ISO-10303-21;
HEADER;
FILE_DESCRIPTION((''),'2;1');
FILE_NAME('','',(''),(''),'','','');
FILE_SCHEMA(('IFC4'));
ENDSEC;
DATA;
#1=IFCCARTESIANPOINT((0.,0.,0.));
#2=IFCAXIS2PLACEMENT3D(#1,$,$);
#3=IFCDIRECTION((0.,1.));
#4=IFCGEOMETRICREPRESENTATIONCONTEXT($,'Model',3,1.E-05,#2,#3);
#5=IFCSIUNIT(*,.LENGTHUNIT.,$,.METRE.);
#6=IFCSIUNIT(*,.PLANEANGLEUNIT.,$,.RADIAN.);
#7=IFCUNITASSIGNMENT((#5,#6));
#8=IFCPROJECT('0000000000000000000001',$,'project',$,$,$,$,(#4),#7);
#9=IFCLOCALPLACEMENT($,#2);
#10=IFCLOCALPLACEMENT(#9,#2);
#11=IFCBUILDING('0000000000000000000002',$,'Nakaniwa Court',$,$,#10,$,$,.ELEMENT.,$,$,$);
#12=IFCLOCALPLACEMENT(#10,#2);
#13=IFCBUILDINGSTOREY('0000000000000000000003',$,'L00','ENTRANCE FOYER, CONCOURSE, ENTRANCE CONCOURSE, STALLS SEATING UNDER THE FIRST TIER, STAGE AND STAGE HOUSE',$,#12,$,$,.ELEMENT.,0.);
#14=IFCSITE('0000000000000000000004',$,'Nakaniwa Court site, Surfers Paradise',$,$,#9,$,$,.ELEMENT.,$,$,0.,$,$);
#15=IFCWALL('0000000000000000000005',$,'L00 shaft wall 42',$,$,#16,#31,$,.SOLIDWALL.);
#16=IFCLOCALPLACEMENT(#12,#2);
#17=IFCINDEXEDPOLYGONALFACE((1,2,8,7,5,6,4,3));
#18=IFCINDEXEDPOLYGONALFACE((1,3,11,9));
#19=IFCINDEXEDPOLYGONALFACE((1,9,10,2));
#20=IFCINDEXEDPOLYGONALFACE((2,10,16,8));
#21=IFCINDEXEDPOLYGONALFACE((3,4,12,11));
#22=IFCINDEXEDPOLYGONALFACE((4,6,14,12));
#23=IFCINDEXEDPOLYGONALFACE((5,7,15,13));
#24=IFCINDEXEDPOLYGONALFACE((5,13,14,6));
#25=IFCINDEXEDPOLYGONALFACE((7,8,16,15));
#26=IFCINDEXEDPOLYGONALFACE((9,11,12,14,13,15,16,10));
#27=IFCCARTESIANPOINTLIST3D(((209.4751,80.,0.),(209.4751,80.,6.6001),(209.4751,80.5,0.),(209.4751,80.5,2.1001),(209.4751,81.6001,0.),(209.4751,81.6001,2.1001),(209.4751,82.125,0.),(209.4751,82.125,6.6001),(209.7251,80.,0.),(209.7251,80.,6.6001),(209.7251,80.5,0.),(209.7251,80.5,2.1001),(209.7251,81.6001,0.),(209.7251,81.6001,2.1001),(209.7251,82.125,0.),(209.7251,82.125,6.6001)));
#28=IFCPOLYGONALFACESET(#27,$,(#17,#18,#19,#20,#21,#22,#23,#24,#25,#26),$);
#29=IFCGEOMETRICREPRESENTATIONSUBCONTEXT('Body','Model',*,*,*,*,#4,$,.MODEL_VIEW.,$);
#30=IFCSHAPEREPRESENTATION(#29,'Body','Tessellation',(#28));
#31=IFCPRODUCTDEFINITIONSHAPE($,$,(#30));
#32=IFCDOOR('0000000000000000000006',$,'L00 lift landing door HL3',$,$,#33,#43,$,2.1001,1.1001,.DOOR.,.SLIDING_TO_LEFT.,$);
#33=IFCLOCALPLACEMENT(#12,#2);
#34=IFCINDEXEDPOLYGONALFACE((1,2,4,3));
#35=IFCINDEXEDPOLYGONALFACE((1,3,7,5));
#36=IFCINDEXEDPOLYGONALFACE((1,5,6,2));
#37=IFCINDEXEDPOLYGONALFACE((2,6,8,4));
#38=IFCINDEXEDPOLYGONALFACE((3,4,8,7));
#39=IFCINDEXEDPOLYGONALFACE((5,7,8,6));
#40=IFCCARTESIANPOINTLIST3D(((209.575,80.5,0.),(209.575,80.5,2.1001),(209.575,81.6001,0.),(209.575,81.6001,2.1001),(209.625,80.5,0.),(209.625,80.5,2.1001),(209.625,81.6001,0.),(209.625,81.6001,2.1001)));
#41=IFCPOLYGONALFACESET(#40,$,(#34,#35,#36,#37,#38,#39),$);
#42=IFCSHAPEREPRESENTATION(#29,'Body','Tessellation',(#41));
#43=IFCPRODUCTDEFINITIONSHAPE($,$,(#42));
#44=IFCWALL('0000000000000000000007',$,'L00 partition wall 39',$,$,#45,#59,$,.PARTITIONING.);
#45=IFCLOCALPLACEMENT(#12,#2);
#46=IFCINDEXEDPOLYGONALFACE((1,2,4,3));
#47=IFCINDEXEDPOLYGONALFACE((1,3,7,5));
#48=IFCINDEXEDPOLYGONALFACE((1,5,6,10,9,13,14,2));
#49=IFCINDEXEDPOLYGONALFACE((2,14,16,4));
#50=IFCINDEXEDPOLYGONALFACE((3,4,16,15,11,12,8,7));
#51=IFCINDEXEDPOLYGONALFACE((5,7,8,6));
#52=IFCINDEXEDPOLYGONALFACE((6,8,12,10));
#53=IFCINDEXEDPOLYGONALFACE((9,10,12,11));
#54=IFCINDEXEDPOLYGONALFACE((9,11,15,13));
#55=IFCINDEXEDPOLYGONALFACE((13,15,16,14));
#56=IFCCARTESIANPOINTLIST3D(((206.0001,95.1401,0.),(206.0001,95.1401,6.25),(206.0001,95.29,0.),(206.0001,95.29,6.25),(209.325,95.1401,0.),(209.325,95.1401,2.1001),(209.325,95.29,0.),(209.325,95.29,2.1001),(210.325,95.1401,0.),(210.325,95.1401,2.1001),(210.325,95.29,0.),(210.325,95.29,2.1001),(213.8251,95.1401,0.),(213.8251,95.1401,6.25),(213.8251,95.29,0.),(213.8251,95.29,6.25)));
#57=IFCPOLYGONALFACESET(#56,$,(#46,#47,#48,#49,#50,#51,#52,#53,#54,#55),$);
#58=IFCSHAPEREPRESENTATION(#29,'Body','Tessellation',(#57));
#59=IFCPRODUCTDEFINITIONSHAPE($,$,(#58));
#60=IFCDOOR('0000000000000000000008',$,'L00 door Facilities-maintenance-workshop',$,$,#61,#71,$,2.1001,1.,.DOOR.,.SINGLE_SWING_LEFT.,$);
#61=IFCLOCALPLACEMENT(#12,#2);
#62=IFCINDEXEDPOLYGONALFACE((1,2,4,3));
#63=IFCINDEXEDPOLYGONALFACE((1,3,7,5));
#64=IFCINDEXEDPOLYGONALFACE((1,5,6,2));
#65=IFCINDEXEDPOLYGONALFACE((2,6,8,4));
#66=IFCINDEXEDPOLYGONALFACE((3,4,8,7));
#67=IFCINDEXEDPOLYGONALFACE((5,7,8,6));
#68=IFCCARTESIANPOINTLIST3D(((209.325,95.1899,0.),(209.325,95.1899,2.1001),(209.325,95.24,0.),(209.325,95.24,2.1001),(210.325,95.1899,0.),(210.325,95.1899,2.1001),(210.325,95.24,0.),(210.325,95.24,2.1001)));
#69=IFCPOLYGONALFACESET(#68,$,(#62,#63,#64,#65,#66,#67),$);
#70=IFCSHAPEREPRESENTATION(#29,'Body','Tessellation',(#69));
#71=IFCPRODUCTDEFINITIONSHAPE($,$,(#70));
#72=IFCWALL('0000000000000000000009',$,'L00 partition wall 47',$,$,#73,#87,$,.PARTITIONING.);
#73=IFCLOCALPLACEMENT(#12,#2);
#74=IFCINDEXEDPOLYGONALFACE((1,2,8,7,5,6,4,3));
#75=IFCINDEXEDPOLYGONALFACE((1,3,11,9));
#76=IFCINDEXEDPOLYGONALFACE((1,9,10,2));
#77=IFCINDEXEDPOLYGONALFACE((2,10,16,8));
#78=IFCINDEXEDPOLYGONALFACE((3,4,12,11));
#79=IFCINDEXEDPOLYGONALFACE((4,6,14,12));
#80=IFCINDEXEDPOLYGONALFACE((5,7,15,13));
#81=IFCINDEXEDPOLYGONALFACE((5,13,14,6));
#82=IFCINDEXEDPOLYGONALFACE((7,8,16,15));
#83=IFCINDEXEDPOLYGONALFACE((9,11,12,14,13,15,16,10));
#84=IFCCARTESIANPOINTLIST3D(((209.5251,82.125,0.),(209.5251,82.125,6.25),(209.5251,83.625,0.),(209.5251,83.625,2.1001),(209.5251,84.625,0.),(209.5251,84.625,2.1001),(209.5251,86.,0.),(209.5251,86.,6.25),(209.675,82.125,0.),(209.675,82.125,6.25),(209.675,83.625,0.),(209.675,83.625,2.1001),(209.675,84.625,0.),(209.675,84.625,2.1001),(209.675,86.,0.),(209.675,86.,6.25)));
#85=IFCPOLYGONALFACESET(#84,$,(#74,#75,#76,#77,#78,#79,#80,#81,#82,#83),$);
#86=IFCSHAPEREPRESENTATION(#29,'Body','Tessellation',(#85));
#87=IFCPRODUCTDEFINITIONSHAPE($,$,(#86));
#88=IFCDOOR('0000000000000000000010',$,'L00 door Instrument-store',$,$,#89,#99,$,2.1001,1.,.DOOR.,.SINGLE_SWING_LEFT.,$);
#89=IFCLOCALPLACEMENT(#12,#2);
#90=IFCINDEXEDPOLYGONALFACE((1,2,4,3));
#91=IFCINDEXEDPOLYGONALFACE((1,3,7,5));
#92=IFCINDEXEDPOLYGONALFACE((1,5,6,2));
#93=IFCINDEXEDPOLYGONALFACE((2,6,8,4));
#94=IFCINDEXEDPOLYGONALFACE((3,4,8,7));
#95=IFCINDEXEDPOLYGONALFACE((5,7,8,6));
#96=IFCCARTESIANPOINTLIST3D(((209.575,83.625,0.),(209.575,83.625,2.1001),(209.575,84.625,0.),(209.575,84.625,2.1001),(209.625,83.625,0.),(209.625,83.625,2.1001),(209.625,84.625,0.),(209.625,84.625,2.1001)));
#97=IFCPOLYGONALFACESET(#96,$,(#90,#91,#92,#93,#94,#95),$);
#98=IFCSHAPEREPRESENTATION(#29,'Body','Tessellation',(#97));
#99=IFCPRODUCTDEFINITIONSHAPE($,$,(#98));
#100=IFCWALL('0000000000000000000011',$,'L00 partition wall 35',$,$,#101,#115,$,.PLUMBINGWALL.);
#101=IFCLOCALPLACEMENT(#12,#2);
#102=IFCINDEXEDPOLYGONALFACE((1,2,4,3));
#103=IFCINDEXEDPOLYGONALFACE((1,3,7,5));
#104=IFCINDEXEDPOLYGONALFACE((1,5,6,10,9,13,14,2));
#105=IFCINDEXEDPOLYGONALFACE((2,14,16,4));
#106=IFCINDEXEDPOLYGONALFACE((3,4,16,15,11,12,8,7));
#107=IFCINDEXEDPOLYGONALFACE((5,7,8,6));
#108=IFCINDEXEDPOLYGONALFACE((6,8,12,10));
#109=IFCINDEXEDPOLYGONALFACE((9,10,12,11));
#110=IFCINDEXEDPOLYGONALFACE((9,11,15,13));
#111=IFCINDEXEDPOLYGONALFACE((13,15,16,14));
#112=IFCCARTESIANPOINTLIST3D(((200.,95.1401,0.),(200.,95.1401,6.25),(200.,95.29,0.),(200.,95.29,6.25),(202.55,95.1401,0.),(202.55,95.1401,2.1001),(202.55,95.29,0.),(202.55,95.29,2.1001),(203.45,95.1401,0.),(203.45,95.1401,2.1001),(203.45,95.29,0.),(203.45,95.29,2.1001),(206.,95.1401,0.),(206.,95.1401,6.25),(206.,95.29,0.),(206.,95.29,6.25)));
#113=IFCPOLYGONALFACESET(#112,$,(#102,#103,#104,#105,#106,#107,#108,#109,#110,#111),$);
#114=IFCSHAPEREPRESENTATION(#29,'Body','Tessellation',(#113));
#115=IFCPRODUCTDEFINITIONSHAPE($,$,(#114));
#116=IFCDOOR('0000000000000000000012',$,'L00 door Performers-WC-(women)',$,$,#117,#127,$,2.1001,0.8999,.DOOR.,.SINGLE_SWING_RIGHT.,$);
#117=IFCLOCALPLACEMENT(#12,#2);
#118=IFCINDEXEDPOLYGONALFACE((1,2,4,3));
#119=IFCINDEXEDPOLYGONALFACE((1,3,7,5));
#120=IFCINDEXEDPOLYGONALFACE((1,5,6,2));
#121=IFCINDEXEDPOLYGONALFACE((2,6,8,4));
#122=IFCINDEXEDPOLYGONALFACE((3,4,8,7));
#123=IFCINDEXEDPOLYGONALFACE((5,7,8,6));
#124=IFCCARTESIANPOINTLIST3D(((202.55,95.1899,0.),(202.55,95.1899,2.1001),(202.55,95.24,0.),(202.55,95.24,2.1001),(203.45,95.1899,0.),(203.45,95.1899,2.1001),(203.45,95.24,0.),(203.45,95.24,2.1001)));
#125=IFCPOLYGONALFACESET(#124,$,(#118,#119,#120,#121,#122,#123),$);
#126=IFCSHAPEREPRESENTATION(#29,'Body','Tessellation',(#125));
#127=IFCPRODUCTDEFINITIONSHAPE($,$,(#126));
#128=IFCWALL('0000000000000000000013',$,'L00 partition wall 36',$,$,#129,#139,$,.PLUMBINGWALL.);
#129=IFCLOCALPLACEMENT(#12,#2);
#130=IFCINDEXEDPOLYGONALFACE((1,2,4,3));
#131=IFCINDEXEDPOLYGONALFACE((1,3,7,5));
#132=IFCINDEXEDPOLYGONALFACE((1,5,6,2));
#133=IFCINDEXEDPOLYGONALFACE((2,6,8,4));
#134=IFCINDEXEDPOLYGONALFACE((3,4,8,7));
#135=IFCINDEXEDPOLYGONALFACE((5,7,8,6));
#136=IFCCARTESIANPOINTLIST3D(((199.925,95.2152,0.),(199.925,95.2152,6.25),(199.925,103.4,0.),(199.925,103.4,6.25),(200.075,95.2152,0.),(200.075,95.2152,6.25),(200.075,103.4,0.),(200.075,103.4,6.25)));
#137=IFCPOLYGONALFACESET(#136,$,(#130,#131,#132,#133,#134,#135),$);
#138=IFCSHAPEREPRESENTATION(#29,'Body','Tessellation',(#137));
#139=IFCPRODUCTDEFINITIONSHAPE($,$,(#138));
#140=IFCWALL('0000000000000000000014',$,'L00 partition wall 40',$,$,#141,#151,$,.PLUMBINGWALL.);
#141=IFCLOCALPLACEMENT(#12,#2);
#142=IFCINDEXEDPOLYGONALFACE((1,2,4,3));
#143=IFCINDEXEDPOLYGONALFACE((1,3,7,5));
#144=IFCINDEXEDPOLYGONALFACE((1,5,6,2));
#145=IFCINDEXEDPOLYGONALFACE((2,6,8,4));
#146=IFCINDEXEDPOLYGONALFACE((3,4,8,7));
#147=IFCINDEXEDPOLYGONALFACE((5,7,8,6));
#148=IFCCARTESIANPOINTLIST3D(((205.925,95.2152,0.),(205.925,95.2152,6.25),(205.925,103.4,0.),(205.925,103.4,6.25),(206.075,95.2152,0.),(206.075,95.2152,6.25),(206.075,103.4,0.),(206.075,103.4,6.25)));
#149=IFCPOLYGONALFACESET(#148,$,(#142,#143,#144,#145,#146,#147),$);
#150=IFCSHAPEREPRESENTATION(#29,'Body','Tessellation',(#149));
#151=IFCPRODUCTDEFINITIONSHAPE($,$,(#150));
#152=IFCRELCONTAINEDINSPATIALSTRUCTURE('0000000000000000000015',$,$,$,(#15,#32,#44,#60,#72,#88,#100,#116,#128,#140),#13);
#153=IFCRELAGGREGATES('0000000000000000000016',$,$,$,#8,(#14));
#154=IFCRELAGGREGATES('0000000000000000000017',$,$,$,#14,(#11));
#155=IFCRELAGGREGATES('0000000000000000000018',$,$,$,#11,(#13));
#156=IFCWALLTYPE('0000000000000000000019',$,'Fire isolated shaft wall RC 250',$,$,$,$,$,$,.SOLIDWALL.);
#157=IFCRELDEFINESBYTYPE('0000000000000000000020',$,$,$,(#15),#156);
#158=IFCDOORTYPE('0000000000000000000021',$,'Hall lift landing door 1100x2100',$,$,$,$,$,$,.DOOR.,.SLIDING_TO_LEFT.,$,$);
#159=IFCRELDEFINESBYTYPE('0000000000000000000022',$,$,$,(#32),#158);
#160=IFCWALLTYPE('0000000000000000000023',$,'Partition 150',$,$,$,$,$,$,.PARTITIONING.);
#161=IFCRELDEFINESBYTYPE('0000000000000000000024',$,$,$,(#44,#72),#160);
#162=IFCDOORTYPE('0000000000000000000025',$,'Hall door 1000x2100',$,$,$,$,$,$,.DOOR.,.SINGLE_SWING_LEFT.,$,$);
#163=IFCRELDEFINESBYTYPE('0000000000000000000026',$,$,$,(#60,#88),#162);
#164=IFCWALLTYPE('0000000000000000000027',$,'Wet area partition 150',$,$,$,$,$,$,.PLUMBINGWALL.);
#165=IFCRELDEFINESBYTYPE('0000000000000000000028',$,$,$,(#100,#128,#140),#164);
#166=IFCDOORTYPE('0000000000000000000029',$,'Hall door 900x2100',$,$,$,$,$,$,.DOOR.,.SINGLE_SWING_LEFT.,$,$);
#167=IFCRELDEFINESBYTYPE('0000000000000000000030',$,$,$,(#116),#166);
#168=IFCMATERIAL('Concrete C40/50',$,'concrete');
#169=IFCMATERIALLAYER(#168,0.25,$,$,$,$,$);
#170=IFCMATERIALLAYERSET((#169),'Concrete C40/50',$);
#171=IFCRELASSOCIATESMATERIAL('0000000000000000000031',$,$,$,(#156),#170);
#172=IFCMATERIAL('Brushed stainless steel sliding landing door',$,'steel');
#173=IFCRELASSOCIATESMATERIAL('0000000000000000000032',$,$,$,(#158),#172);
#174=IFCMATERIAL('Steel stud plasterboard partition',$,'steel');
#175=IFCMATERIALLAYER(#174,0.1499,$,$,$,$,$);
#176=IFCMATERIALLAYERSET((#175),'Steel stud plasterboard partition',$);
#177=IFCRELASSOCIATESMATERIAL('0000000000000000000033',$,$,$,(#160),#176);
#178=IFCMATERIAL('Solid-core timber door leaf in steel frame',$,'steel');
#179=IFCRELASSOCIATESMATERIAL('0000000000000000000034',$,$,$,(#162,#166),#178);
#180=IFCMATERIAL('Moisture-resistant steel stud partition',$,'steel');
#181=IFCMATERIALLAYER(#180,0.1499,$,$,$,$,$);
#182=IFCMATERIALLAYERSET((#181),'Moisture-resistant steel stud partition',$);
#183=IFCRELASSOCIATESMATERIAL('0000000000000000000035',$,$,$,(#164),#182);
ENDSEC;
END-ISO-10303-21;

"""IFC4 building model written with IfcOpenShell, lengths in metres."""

from ifc_helpers import new_model, si_unit, direction, frame, frame_2d, origin, place, context, subcontext, project, spatial, rectangle, extrude, material, layer, layer_set, type_object, element, fill, save


model = new_model("IFC4")

# Units and contexts
model_context = context("Model", 3, precision=1e-05, world=origin(), true_north=direction((0.0, 1.0)))
body_context = subcontext(model_context, "Body", "Model", "MODEL_VIEW")
ifc_project = project(units=[si_unit("LENGTHUNIT", "METRE"), si_unit("PLANEANGLEUNIT", "RADIAN")], contexts=[model_context])

# Site, building, storey
site_placement = place(None, origin())
site = spatial("IfcSite", under=ifc_project, at=site_placement, Name="Nakaniwa Court site, Surfers Paradise", CompositionType="ELEMENT", RefElevation=0.0)
building_placement = place(site_placement, origin())
building = spatial("IfcBuilding", under=site, at=building_placement, Name="Nakaniwa Court", CompositionType="ELEMENT")
storey_placement = place(building_placement, origin())
storey = spatial("IfcBuildingStorey", under=building, at=storey_placement, Name="L00", Description="ENTRANCE FOYER, CONCOURSE, ENTRANCE CONCOURSE, STALLS SEATING UNDER THE FIRST TIER, STAGE AND STAGE HOUSE", CompositionType="ELEMENT", Elevation=0.0)

# Shared definitions
ifc_material_1 = material(Name="Concrete C40/50", Category="concrete")

# Walls, openings, doors
ifc_layer_1 = layer(ifc_material_1, 0.25)
ifc_layer_set_1 = layer_set([ifc_layer_1], Name="Concrete C40/50")
wall_type_1 = type_object("IfcWallType", Name="Fire isolated shaft wall RC 250", PredefinedType="SOLIDWALL", material=ifc_layer_set_1)
wall_1_placement = place(storey_placement, frame((209.6001, 82.125, 0.0), z_axis=(0.0, 0.0, 1.0), x_axis=(0.0, -1.0, 0.0)))
wall_1 = element("IfcWall", 1, at=wall_1_placement, inside=storey, type_object=wall_type_1, Name="L00 shaft wall 42", PredefinedType="SOLIDWALL", context=body_context, shape_type="SweptSolid", body=[
    extrude(rectangle(XDim=2.125, YDim=0.25, at=frame_2d((1.0625, 0.0))), origin(), (0.0, 0.0, 1.0), 6.6001),
])
opening_1_placement = place(wall_1_placement, frame((0.5249, 0.0, 0.0)))
opening_1 = element("IfcOpeningElement", 2, at=opening_1_placement, cuts=wall_1, PredefinedType="OPENING", context=body_context, shape_type="SweptSolid", body=[
    extrude(rectangle(XDim=1.1001, YDim=2.1001, at=frame_2d((0.55, 1.05))), frame((0.0, 0.135, 0.0), z_axis=(0.0, -1.0, 0.0), x_axis=(1.0, 0.0, 0.0)), (0.0, 0.0, 1.0), 0.27),
])
ifc_material_2 = material(Name="Brushed stainless steel sliding landing door", Category="steel")
door_type_1 = type_object("IfcDoorType", Name="Hall lift landing door 1100x2100", OperationType="SLIDING_TO_LEFT", PredefinedType="DOOR", material=ifc_material_2)
door_1_placement = place(opening_1_placement, origin())
door_1 = element("IfcDoor", 3, at=door_1_placement, inside=storey, type_object=door_type_1, Name="L00 lift landing door HL3", OperationType="SLIDING_TO_LEFT", OverallHeight=2.1001, OverallWidth=1.1001, PredefinedType="DOOR", context=body_context, shape_type="SweptSolid", body=[
    extrude(rectangle(XDim=1.1001, YDim=2.1001, at=frame_2d((0.55, 1.05))), frame((0.0, 0.0249, 0.0), z_axis=(0.0, -1.0, 0.0), x_axis=(1.0, 0.0, 0.0)), (0.0, 0.0, 1.0), 0.05),
])
fill(opening_1, door_1)
ifc_material_3 = material(Name="Steel stud plasterboard partition", Category="steel")
ifc_layer_2 = layer(ifc_material_3, 0.1499)
ifc_layer_set_2 = layer_set([ifc_layer_2], Name="Steel stud plasterboard partition")
wall_type_2 = type_object("IfcWallType", Name="Partition 150", PredefinedType="PARTITIONING", material=ifc_layer_set_2)
wall_2_placement = place(storey_placement, frame((206.0, 95.2151, 0.0), z_axis=(0.0, 0.0, 1.0), x_axis=(1.0, 0.0, 0.0)))
wall_2 = element("IfcWall", 4, at=wall_2_placement, inside=storey, type_object=wall_type_2, Name="L00 partition wall 39", PredefinedType="PARTITIONING", context=body_context, shape_type="SweptSolid", body=[
    extrude(rectangle(XDim=7.825, YDim=0.1499, at=frame_2d((3.9126, 0.0))), origin(), (0.0, 0.0, 1.0), 6.25),
])
opening_2_placement = place(wall_2_placement, frame((3.325, 0.0, 0.0)))
opening_2 = element("IfcOpeningElement", 5, at=opening_2_placement, cuts=wall_2, PredefinedType="OPENING", context=body_context, shape_type="SweptSolid", body=[
    extrude(rectangle(XDim=1.0, YDim=2.1001, at=frame_2d((0.5, 1.05))), frame((0.0, 0.085, 0.0), z_axis=(0.0, -1.0, 0.0), x_axis=(1.0, 0.0, 0.0)), (0.0, 0.0, 1.0), 0.1699),
])
ifc_material_4 = material(Name="Solid-core timber door leaf in steel frame", Category="steel")
door_type_2 = type_object("IfcDoorType", Name="Hall door 1000x2100", OperationType="SINGLE_SWING_LEFT", PredefinedType="DOOR", material=ifc_material_4)
door_2_placement = place(opening_2_placement, origin())
door_2 = element("IfcDoor", 6, at=door_2_placement, inside=storey, type_object=door_type_2, Name="L00 door Facilities-maintenance-workshop", OperationType="SINGLE_SWING_LEFT", OverallHeight=2.1001, OverallWidth=1.0, PredefinedType="DOOR", context=body_context, shape_type="SweptSolid", body=[
    extrude(rectangle(XDim=1.0, YDim=2.1001, at=frame_2d((0.5, 1.05))), frame((0.0, 0.0249, 0.0), z_axis=(0.0, -1.0, 0.0), x_axis=(1.0, 0.0, 0.0)), (0.0, 0.0, 1.0), 0.05),
])
fill(opening_2, door_2)
wall_3_placement = place(storey_placement, frame((209.6001, 86.0, 0.0), z_axis=(0.0, 0.0, 1.0), x_axis=(0.0, -1.0, 0.0)))
wall_3 = element("IfcWall", 7, at=wall_3_placement, inside=storey, type_object=wall_type_2, Name="L00 partition wall 47", PredefinedType="PARTITIONING", context=body_context, shape_type="SweptSolid", body=[
    extrude(rectangle(XDim=3.875, YDim=0.1499, at=frame_2d((1.9375, 0.0))), origin(), (0.0, 0.0, 1.0), 6.25),
])
opening_3_placement = place(wall_3_placement, frame((1.375, 0.0, 0.0)))
opening_3 = element("IfcOpeningElement", 8, at=opening_3_placement, cuts=wall_3, PredefinedType="OPENING", context=body_context, shape_type="SweptSolid", body=[
    extrude(rectangle(XDim=1.0, YDim=2.1001, at=frame_2d((0.5, 1.05))), frame((0.0, 0.085, 0.0), z_axis=(0.0, -1.0, 0.0), x_axis=(1.0, 0.0, 0.0)), (0.0, 0.0, 1.0), 0.1699),
])
door_3_placement = place(opening_3_placement, origin())
door_3 = element("IfcDoor", 9, at=door_3_placement, inside=storey, type_object=door_type_2, Name="L00 door Instrument-store", OperationType="SINGLE_SWING_LEFT", OverallHeight=2.1001, OverallWidth=1.0, PredefinedType="DOOR", context=body_context, shape_type="SweptSolid", body=[
    extrude(rectangle(XDim=1.0, YDim=2.1001, at=frame_2d((0.5, 1.05))), frame((0.0, 0.0249, 0.0), z_axis=(0.0, -1.0, 0.0), x_axis=(1.0, 0.0, 0.0)), (0.0, 0.0, 1.0), 0.05),
])
fill(opening_3, door_3)
ifc_material_5 = material(Name="Moisture-resistant steel stud partition", Category="steel")
ifc_layer_3 = layer(ifc_material_5, 0.1499)
ifc_layer_set_3 = layer_set([ifc_layer_3], Name="Moisture-resistant steel stud partition")
wall_type_3 = type_object("IfcWallType", Name="Wet area partition 150", PredefinedType="PLUMBINGWALL", material=ifc_layer_set_3)
wall_4_placement = place(storey_placement, frame((200.0, 95.2151, 0.0), z_axis=(0.0, 0.0, 1.0), x_axis=(1.0, 0.0, 0.0)))
wall_4 = element("IfcWall", 10, at=wall_4_placement, inside=storey, type_object=wall_type_3, Name="L00 partition wall 35", PredefinedType="PLUMBINGWALL", context=body_context, shape_type="SweptSolid", body=[
    extrude(rectangle(XDim=6.0, YDim=0.1499, at=frame_2d((3.0, 0.0))), origin(), (0.0, 0.0, 1.0), 6.25),
])
opening_4_placement = place(wall_4_placement, frame((2.55, 0.0, 0.0)))
opening_4 = element("IfcOpeningElement", 11, at=opening_4_placement, cuts=wall_4, PredefinedType="OPENING", context=body_context, shape_type="SweptSolid", body=[
    extrude(rectangle(XDim=0.8999, YDim=2.1001, at=frame_2d((0.45, 1.05))), frame((0.0, 0.085, 0.0), z_axis=(0.0, -1.0, 0.0), x_axis=(1.0, 0.0, 0.0)), (0.0, 0.0, 1.0), 0.1699),
])
door_type_3 = type_object("IfcDoorType", Name="Hall door 900x2100", OperationType="SINGLE_SWING_LEFT", PredefinedType="DOOR", material=ifc_material_4)
door_4_placement = place(opening_4_placement, origin())
door_4 = element("IfcDoor", 12, at=door_4_placement, inside=storey, type_object=door_type_3, Name="L00 door Performers-WC-(women)", OperationType="SINGLE_SWING_RIGHT", OverallHeight=2.1001, OverallWidth=0.8999, PredefinedType="DOOR", context=body_context, shape_type="SweptSolid", body=[
    extrude(rectangle(XDim=0.8999, YDim=2.1001, at=frame_2d((0.45, 1.05))), frame((0.0, 0.0249, 0.0), z_axis=(0.0, -1.0, 0.0), x_axis=(1.0, 0.0, 0.0)), (0.0, 0.0, 1.0), 0.05),
])
fill(opening_4, door_4)

# Walls
for number, where, z_axis, x_axis, name in (
    (13, (200.0, 103.3999, 0.0), (0.0, 0.0, 1.0), (0.0, -1.0, 0.0), "L00 partition wall 36"),
    (14, (206.0, 103.3999, 0.0), (0.0, 0.0, 1.0), (0.0, -1.0, 0.0), "L00 partition wall 40"),
):
    element("IfcWall", number, at=place(storey_placement, frame(where, z_axis=z_axis, x_axis=x_axis)), inside=storey, type_object=wall_type_3, Name=name, PredefinedType="PLUMBINGWALL", context=body_context, shape_type="SweptSolid", body=[
        extrude(rectangle(XDim=8.1848, YDim=0.1499, at=frame_2d((4.0923, 0.0))), origin(), (0.0, 0.0, 1.0), 6.25),
    ])

save(model, "model.ifc")
